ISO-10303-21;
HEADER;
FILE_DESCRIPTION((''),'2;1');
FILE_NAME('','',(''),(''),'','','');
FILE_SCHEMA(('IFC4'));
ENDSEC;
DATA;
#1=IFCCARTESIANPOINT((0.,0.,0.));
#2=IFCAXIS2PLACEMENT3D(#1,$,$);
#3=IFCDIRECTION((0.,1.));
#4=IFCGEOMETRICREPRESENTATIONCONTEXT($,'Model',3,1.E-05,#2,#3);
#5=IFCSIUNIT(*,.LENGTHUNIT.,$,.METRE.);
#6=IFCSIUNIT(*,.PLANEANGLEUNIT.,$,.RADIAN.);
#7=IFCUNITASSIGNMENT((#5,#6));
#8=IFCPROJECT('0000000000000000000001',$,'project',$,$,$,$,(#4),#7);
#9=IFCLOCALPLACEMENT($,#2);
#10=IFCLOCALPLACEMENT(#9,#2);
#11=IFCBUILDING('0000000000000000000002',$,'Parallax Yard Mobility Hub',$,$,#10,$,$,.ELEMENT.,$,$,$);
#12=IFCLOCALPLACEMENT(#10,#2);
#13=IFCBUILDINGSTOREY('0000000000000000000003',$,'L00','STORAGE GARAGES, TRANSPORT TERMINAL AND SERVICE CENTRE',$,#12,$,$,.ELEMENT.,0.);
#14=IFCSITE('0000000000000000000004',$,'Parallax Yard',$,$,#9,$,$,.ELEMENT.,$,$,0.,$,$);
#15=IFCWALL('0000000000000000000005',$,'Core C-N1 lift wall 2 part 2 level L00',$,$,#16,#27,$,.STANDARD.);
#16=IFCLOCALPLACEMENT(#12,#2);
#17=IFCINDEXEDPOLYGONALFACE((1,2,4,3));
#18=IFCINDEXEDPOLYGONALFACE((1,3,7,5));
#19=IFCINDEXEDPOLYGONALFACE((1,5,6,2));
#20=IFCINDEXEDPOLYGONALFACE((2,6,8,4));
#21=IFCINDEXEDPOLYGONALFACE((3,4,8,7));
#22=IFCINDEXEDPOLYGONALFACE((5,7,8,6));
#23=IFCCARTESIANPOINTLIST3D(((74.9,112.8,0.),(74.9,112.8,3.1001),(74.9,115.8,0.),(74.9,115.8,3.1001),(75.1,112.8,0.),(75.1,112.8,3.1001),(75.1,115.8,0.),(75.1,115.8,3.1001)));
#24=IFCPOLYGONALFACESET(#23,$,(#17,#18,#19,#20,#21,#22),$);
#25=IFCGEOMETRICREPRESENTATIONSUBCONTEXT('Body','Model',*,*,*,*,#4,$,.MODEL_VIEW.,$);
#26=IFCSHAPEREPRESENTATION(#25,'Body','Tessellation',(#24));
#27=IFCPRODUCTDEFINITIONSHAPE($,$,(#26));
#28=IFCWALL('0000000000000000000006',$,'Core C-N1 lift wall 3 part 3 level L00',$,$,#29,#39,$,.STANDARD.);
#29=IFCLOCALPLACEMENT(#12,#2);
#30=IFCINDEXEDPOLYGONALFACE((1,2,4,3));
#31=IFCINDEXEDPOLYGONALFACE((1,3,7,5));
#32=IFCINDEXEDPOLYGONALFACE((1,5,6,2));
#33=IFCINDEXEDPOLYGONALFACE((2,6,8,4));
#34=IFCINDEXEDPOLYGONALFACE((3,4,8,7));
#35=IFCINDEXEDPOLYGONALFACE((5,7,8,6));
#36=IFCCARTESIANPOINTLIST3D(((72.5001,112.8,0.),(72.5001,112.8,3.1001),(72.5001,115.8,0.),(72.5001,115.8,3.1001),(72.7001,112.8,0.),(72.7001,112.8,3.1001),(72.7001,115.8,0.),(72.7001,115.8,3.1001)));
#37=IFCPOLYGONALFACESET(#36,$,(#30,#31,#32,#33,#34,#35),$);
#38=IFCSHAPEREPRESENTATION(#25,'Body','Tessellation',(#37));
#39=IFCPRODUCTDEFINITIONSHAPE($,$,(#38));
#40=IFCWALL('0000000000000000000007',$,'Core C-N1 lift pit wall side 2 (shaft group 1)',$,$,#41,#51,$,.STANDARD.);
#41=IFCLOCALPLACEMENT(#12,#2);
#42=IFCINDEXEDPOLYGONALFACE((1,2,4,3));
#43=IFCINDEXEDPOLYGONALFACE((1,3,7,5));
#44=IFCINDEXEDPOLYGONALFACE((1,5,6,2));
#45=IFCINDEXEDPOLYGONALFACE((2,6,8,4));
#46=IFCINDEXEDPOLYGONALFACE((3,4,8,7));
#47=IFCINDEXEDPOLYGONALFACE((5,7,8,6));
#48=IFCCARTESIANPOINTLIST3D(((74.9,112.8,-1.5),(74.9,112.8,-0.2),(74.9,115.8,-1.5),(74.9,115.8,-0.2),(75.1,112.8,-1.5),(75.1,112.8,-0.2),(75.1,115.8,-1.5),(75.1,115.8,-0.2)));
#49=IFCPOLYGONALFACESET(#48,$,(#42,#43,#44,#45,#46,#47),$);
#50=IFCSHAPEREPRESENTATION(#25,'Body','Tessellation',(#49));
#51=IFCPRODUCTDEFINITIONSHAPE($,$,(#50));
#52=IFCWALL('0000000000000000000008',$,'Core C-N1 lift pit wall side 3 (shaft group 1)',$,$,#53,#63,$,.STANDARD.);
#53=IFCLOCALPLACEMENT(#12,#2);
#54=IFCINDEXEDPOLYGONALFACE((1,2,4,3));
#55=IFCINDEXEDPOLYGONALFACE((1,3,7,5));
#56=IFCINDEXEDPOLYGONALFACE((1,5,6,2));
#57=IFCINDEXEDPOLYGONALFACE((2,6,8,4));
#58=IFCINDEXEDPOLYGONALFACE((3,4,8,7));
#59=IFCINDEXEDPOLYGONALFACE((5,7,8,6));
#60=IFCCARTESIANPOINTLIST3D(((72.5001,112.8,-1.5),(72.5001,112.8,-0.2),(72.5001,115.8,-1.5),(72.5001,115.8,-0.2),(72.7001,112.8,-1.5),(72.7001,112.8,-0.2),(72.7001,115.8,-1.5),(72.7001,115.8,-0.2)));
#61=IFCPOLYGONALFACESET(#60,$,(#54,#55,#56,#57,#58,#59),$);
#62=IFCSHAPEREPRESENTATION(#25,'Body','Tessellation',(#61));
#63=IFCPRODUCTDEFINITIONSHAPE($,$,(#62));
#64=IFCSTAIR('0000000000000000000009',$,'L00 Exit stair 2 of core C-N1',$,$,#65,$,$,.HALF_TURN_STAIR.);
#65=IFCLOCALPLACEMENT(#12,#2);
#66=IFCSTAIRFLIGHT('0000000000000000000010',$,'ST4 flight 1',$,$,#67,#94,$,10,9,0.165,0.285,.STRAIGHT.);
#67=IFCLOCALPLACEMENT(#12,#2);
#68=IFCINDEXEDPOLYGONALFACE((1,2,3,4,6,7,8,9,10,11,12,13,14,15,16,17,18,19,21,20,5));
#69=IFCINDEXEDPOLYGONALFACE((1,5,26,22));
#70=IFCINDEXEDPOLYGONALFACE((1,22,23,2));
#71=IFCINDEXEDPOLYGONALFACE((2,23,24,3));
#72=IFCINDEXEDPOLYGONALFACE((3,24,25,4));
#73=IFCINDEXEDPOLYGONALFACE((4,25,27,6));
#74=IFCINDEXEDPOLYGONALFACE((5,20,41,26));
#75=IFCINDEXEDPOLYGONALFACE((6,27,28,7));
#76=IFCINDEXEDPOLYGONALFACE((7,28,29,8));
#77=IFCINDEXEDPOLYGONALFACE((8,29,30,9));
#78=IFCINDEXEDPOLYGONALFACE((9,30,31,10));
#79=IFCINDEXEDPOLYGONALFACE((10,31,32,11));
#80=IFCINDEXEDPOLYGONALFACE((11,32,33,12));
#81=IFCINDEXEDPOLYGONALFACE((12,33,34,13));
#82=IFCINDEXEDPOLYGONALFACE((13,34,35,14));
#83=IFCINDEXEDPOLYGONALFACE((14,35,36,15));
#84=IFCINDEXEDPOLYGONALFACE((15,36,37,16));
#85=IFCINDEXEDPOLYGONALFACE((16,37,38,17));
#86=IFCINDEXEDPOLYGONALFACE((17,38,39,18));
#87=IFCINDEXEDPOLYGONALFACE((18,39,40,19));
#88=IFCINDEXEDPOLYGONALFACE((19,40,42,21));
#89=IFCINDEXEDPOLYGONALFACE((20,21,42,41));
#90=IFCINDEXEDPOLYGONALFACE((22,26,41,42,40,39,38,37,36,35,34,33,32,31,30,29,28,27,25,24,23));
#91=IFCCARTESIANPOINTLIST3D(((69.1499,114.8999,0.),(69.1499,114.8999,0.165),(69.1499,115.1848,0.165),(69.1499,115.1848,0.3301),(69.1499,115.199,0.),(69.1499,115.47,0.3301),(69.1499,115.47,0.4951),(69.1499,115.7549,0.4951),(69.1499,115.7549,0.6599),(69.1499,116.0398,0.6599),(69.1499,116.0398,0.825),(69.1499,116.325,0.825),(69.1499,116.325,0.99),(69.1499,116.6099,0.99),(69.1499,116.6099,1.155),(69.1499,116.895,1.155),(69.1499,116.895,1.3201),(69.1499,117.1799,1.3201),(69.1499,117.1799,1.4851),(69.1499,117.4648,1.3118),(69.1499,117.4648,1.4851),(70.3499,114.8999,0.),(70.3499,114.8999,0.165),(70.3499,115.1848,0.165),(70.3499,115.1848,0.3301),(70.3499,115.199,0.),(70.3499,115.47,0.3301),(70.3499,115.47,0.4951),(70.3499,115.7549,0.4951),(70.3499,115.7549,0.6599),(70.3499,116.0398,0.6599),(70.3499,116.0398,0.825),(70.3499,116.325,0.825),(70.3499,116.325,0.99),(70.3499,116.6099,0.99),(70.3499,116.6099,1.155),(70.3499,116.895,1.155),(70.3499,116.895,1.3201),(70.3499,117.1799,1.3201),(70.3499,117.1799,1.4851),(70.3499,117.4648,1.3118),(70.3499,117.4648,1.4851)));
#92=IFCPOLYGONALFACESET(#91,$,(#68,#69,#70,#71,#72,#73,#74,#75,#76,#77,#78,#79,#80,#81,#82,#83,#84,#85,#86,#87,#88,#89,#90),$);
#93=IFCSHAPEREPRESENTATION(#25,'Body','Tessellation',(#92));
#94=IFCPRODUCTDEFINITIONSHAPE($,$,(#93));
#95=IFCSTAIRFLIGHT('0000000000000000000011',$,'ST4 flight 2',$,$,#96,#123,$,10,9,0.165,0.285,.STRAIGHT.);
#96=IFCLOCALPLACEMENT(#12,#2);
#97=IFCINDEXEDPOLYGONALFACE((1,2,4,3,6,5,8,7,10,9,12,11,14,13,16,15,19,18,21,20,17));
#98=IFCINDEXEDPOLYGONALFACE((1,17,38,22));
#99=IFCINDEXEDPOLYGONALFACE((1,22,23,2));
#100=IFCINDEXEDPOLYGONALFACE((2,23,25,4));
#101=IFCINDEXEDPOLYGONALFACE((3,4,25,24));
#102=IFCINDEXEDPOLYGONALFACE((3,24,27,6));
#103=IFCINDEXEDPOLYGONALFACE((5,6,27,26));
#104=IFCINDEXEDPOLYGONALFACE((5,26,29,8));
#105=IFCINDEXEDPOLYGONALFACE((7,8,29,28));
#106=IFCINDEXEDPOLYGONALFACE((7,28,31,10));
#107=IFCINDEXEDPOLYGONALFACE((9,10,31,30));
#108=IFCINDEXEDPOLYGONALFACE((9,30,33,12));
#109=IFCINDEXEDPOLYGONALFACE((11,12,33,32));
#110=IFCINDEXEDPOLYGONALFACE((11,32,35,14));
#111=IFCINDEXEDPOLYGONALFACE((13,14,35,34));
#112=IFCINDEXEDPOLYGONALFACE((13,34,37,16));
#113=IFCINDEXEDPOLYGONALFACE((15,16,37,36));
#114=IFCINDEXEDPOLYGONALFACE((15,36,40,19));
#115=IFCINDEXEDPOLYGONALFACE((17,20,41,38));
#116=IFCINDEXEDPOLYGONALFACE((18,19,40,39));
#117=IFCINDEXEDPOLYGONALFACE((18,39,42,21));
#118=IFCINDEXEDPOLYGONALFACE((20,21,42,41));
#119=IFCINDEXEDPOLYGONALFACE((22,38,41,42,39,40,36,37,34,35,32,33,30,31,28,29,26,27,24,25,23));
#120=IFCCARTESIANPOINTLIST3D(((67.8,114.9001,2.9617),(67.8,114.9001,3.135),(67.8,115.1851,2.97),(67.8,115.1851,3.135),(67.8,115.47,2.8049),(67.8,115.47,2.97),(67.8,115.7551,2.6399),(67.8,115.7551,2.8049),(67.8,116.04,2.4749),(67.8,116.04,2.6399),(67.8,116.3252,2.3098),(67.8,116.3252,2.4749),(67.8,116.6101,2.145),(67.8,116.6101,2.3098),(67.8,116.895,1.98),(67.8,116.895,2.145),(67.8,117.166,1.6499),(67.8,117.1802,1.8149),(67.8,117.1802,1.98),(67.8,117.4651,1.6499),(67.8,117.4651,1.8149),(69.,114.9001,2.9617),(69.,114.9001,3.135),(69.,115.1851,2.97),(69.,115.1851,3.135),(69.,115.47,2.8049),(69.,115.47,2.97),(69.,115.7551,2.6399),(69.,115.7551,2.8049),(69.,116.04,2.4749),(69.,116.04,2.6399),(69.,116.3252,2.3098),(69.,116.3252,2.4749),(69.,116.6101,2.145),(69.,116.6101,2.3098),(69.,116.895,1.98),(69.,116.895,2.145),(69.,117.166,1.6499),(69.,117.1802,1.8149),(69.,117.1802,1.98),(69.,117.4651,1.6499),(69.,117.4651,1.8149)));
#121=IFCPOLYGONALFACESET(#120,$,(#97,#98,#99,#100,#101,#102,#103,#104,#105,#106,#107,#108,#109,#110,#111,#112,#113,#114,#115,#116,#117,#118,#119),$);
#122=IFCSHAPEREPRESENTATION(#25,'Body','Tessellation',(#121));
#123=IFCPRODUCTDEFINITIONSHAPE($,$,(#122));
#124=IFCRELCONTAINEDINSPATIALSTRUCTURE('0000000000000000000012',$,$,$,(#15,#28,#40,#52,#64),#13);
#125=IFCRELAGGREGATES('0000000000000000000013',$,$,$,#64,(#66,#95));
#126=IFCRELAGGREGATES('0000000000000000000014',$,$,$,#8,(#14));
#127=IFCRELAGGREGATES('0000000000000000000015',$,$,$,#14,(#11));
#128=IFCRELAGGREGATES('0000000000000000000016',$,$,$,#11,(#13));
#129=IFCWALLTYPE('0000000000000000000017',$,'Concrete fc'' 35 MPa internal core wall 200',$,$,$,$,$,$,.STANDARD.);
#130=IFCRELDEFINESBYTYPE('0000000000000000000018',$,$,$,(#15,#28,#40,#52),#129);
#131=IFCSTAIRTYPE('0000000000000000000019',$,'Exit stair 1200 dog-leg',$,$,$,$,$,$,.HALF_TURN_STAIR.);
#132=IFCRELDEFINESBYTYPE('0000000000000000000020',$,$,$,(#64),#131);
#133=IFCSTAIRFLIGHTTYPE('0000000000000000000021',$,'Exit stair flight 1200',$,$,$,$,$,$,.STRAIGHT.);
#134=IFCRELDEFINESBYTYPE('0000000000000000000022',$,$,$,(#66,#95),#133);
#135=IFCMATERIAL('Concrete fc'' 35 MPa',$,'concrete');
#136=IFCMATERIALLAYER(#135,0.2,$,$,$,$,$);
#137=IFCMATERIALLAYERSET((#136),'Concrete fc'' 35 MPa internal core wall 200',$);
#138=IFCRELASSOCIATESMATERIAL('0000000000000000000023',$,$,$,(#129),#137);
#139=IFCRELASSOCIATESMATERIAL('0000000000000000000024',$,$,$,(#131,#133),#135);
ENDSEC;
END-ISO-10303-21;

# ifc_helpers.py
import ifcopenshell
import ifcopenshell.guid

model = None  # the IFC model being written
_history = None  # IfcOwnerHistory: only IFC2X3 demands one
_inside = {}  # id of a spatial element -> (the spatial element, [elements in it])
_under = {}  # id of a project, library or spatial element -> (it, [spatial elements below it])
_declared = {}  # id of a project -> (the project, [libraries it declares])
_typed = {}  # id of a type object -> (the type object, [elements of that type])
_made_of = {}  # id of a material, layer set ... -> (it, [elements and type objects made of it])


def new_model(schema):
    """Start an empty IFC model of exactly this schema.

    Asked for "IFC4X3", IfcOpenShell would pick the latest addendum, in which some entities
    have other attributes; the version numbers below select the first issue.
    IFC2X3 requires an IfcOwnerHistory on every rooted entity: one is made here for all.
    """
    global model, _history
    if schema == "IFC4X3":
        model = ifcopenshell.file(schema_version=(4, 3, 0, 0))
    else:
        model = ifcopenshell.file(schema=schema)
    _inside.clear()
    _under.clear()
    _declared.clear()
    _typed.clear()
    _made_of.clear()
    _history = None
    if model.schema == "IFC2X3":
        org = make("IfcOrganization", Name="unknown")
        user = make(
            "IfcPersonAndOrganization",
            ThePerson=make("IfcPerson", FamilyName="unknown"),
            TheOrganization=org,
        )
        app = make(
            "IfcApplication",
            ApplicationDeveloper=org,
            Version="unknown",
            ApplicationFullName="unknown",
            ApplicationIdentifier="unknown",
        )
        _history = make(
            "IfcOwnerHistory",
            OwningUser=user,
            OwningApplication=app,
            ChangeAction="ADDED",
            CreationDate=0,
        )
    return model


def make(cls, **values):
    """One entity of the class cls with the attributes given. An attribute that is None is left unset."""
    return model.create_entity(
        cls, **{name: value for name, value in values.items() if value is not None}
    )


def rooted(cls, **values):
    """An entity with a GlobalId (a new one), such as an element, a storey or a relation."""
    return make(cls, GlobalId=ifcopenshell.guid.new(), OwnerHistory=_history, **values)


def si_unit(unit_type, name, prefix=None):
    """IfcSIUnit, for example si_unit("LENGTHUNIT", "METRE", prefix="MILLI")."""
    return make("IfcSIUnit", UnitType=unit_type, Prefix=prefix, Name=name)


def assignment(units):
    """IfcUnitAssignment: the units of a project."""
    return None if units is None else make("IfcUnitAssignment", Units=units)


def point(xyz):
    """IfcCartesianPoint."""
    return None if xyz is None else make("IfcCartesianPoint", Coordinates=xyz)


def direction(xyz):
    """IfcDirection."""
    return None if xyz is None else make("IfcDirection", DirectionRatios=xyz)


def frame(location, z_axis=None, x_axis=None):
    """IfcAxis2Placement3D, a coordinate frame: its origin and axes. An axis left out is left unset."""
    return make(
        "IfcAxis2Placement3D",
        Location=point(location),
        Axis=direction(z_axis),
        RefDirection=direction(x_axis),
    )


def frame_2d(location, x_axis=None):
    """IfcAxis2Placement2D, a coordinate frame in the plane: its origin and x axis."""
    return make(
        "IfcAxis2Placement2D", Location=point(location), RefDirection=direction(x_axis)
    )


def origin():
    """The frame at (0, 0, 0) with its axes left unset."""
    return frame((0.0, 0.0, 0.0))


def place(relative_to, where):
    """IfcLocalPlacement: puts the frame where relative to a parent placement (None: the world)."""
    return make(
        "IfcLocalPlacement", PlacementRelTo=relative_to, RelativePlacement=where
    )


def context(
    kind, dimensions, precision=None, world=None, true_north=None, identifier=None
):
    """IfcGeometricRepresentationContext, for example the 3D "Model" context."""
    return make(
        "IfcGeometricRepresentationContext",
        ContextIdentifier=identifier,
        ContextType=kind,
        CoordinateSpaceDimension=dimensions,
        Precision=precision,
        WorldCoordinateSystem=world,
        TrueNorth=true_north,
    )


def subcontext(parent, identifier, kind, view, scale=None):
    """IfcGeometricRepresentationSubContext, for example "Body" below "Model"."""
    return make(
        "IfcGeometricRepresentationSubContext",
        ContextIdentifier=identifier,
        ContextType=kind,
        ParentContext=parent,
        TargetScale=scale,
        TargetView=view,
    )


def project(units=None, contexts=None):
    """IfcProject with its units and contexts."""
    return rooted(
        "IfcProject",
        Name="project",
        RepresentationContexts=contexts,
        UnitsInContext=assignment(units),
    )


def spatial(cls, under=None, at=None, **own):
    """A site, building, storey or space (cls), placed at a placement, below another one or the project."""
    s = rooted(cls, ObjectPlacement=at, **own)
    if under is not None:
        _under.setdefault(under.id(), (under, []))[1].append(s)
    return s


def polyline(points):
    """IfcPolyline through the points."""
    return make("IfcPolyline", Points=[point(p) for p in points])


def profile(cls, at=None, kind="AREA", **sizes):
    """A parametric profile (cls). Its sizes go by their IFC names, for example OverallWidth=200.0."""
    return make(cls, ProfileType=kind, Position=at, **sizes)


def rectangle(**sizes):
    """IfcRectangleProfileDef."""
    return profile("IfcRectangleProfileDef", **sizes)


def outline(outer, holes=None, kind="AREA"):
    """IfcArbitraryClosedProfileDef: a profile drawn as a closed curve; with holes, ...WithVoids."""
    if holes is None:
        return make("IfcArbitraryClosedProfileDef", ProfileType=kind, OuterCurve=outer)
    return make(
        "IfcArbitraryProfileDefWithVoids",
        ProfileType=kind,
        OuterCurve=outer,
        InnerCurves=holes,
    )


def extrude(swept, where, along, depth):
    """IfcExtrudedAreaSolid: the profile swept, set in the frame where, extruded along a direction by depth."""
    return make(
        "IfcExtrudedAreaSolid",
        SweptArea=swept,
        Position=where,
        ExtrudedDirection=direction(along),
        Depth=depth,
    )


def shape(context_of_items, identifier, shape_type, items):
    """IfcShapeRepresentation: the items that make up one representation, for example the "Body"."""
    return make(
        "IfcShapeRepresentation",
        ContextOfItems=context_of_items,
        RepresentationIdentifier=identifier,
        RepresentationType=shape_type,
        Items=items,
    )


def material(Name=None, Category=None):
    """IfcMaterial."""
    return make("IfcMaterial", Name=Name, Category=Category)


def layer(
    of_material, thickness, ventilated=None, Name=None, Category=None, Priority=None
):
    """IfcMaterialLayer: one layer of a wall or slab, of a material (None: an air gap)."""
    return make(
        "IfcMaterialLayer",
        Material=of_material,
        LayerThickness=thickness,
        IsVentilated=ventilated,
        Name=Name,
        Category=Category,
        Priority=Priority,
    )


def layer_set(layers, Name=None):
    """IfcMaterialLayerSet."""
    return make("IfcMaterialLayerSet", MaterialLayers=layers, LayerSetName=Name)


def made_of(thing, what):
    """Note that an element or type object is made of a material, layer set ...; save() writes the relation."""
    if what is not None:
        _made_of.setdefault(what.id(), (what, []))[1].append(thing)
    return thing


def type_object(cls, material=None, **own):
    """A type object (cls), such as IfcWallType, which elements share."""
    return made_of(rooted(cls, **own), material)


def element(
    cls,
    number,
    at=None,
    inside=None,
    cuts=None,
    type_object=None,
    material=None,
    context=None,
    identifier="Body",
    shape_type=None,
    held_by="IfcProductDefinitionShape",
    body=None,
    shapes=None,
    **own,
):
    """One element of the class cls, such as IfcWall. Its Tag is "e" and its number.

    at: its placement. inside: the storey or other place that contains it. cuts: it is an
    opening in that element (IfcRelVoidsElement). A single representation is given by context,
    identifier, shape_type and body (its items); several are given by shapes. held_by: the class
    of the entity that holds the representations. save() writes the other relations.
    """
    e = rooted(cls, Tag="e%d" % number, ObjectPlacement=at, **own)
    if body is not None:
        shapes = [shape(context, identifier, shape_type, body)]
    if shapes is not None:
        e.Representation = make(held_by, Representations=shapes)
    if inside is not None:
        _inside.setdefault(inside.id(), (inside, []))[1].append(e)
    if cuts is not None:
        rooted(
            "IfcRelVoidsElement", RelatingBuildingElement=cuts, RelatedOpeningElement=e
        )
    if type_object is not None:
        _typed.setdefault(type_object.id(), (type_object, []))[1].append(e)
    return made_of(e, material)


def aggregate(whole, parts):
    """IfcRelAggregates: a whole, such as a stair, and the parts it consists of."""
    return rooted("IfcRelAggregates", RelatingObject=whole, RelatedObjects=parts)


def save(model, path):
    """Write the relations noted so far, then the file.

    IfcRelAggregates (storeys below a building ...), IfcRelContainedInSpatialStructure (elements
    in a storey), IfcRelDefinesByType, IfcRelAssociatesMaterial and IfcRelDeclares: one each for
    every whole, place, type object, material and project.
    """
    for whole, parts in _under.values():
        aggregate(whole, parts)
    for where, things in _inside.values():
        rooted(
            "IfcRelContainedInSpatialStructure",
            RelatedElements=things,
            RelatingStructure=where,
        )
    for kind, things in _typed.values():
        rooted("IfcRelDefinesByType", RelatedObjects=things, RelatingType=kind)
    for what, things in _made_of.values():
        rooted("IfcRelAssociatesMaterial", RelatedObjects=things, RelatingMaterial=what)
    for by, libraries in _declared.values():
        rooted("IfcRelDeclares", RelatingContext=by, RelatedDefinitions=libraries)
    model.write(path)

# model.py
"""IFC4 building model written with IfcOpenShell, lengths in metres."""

from ifc_helpers import new_model, si_unit, direction, frame, frame_2d, origin, place, context, subcontext, project, spatial, polyline, rectangle, outline, extrude, material, layer, layer_set, type_object, element, aggregate, save


model = new_model("IFC4")

# Units and contexts
model_context = context("Model", 3, precision=1e-05, world=origin(), true_north=direction((0.0, 1.0)))
body_context = subcontext(model_context, "Body", "Model", "MODEL_VIEW")
ifc_project = project(units=[si_unit("LENGTHUNIT", "METRE"), si_unit("PLANEANGLEUNIT", "RADIAN")], contexts=[model_context])

# Site, building, storey
site_placement = place(None, origin())
site = spatial("IfcSite", under=ifc_project, at=site_placement, Name="Parallax Yard", CompositionType="ELEMENT", RefElevation=0.0)
building_placement = place(site_placement, origin())
building = spatial("IfcBuilding", under=site, at=building_placement, Name="Parallax Yard Mobility Hub", CompositionType="ELEMENT")
storey_placement = place(building_placement, origin())
storey = spatial("IfcBuildingStorey", under=building, at=storey_placement, Name="L00", Description="STORAGE GARAGES, TRANSPORT TERMINAL AND SERVICE CENTRE", CompositionType="ELEMENT", Elevation=0.0)

# Shared definitions
ifc_material_1 = material(Name="Concrete fc' 35 MPa", Category="concrete")

# Walls
ifc_layer_1 = layer(ifc_material_1, 0.2)
ifc_layer_set_1 = layer_set([ifc_layer_1], Name="Concrete fc' 35 MPa internal core wall 200")
wall_type_1 = type_object("IfcWallType", Name="Concrete fc' 35 MPa internal core wall 200", PredefinedType="STANDARD", material=ifc_layer_set_1)
for number, where, z_axis, x_axis, name in (
    (1, (75.0, 115.8, 0.0), (0.0, 0.0, 1.0), (0.0, -1.0, 0.0), "Core C-N1 lift wall 2 part 2 level L00"),
    (2, (72.6001, 115.8, 0.0), (0.0, 0.0, 1.0), (0.0, -1.0, 0.0), "Core C-N1 lift wall 3 part 3 level L00"),
):
    element("IfcWall", number, at=place(storey_placement, frame(where, z_axis=z_axis, x_axis=x_axis)), inside=storey, type_object=wall_type_1, Name=name, PredefinedType="STANDARD", context=body_context, shape_type="SweptSolid", body=[
        extrude(rectangle(XDim=3.0, YDim=0.2, at=frame_2d((1.5, 0.0))), origin(), (0.0, 0.0, 1.0), 3.1001),
    ])
for number, where, z_axis, x_axis, name in (
    (3, (75.0, 115.8, -1.5), (0.0, 0.0, 1.0), (0.0, -1.0, 0.0), "Core C-N1 lift pit wall side 2 (shaft group 1)"),
    (4, (72.6001, 115.8, -1.5), (0.0, 0.0, 1.0), (0.0, -1.0, 0.0), "Core C-N1 lift pit wall side 3 (shaft group 1)"),
):
    element("IfcWall", number, at=place(storey_placement, frame(where, z_axis=z_axis, x_axis=x_axis)), inside=storey, type_object=wall_type_1, Name=name, PredefinedType="STANDARD", context=body_context, shape_type="SweptSolid", body=[
        extrude(rectangle(XDim=3.0, YDim=0.2, at=frame_2d((1.5, 0.0))), origin(), (0.0, 0.0, 1.0), 1.3),
    ])

# Stair, stair flights
stair_type = type_object("IfcStairType", Name="Exit stair 1200 dog-leg", PredefinedType="HALF_TURN_STAIR", material=ifc_material_1)
stair_placement = place(storey_placement, origin())
stair = element("IfcStair", 5, at=stair_placement, inside=storey, type_object=stair_type, Name="L00 Exit stair 2 of core C-N1", PredefinedType="HALF_TURN_STAIR")
stair_flight_type = type_object("IfcStairFlightType", Name="Exit stair flight 1200", PredefinedType="STRAIGHT", material=ifc_material_1)
stair_flight_1_placement = place(storey_placement, frame((69.75, 114.8999, 0.0), z_axis=(0.0, 0.0, 1.0), x_axis=(0.0, 1.0, 0.0)))
stair_flight_1 = element("IfcStairFlight", 6, at=stair_flight_1_placement, type_object=stair_flight_type, Name="ST4 flight 1", NumberOfRisers=10, NumberOfTreads=9, PredefinedType="STRAIGHT", RiserHeight=0.165, TreadLength=0.285, context=body_context, shape_type="SweptSolid", body=[
    extrude(outline(polyline([(0.0, 0.0), (0.0, 0.165), (0.2849, 0.165), (0.2849, 0.3301), (0.5701, 0.3301), (0.5701, 0.4951), (0.855, 0.4951), (0.855, 0.6599), (1.1399, 0.6599), (1.1399, 0.825), (1.425, 0.825), (1.425, 0.99), (1.71, 0.99), (1.71, 1.155), (1.9951, 1.155), (1.9951, 1.3201), (2.28, 1.3201), (2.28, 1.4851), (2.5649, 1.4851), (2.5649, 1.6499), (2.5649, 1.3118), (0.2991, 0.0), (0.0, 0.0)])), frame((0.0, 0.6001, 0.0), z_axis=(0.0, -1.0, 0.0), x_axis=(1.0, 0.0, 0.0)), (0.0, 0.0, 1.0), 1.2),
])
stair_flight_2_placement = place(storey_placement, frame((68.3999, 117.4651, 1.6499), z_axis=(0.0, 0.0, 1.0), x_axis=(0.0, -1.0, 0.0)))
stair_flight_2 = element("IfcStairFlight", 7, at=stair_flight_2_placement, type_object=stair_flight_type, Name="ST4 flight 2", NumberOfRisers=10, NumberOfTreads=9, PredefinedType="STRAIGHT", RiserHeight=0.165, TreadLength=0.285, context=body_context, shape_type="SweptSolid", body=[
    extrude(outline(polyline([(0.0, 0.0), (0.0, 0.165), (0.2849, 0.165), (0.2849, 0.3301), (0.5701, 0.3301), (0.5701, 0.4951), (0.855, 0.4951), (0.855, 0.6599), (1.1399, 0.6599), (1.1399, 0.825), (1.425, 0.825), (1.425, 0.99), (1.71, 0.99), (1.71, 1.155), (1.9951, 1.155), (1.9951, 1.3201), (2.28, 1.3201), (2.28, 1.4851), (2.5649, 1.4851), (2.5649, 1.6499), (2.5649, 1.3118), (0.2991, 0.0), (0.0, 0.0)])), frame((0.0, 0.6001, 0.0), z_axis=(0.0, -1.0, 0.0), x_axis=(1.0, 0.0, 0.0)), (0.0, 0.0, 1.0), 1.2),
])
aggregate(stair, [stair_flight_1, stair_flight_2])

save(model, "model.ifc")
